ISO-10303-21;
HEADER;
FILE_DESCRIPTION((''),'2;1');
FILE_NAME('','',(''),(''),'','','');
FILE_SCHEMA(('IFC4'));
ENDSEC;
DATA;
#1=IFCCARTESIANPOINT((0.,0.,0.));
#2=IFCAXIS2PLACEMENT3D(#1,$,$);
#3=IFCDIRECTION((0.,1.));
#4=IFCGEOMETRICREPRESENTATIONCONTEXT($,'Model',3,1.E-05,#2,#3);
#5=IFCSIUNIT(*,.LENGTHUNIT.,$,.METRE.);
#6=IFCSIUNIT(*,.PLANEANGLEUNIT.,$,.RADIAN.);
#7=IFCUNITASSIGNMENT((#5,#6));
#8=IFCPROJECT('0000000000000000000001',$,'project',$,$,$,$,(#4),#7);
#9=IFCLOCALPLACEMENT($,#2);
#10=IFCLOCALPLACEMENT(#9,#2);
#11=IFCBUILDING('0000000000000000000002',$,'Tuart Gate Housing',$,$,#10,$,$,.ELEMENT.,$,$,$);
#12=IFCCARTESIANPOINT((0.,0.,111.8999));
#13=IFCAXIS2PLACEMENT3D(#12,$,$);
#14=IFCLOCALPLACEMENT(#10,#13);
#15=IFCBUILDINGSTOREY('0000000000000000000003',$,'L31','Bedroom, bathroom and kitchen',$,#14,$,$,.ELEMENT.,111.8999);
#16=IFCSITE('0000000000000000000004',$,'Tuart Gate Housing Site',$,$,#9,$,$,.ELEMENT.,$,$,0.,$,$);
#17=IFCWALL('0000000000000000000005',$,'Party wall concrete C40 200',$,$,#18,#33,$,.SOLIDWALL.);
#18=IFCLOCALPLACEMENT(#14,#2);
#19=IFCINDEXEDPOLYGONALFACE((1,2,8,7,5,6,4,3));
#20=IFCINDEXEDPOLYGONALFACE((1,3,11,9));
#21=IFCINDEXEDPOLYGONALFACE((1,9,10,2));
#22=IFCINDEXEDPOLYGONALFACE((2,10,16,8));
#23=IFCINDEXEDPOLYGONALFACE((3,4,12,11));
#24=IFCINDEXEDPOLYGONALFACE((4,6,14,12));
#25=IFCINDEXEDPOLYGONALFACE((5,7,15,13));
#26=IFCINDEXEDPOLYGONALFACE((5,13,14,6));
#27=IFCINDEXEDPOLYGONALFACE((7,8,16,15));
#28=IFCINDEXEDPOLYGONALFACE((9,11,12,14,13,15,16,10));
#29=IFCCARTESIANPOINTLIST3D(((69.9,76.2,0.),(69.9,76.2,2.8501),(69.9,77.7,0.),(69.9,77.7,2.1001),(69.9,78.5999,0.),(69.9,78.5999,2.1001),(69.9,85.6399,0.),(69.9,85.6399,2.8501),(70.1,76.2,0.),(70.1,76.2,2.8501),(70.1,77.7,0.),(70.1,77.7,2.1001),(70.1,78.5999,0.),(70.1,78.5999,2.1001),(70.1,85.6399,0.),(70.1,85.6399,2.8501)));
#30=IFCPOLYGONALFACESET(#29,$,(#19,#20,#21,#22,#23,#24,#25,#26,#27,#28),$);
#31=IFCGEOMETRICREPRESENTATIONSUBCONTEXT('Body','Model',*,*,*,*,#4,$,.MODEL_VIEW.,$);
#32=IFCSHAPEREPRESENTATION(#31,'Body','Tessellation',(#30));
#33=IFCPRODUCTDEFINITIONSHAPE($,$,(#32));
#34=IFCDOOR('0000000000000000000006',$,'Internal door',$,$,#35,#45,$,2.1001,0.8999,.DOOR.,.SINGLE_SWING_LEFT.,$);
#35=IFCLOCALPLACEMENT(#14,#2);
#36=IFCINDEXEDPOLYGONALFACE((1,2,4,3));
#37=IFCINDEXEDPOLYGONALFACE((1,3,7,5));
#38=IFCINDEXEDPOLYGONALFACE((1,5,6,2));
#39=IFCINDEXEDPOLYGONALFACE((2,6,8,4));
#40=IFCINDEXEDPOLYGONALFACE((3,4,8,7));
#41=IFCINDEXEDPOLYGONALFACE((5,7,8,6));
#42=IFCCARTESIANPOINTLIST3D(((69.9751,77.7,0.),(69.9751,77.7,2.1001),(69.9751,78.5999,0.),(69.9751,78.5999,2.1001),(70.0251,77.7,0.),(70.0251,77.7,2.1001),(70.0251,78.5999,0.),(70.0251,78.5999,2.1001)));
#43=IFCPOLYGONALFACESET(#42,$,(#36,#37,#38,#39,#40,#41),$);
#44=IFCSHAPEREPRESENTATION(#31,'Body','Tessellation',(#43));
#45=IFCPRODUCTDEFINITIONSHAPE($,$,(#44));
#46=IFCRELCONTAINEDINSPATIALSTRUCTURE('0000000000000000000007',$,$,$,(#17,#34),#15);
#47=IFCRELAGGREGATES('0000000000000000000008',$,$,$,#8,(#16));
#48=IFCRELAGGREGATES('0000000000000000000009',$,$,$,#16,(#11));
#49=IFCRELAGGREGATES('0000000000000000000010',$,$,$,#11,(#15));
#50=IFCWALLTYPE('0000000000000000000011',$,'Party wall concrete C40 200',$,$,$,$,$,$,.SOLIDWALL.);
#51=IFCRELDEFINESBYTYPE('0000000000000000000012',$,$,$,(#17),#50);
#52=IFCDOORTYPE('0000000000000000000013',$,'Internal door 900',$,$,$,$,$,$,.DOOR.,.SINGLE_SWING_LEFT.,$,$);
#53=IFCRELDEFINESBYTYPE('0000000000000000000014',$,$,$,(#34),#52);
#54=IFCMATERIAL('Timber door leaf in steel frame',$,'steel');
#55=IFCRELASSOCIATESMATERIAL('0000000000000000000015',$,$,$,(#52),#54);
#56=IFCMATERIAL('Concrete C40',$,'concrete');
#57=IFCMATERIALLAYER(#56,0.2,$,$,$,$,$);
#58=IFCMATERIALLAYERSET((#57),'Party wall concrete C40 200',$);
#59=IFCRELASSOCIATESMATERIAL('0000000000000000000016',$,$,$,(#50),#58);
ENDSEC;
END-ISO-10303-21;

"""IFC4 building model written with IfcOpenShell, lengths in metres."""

from ifc_helpers import new_model, si_unit, direction, frame, frame_2d, origin, place, context, subcontext, project, spatial, rectangle, extrude, material, layer, layer_set, type_object, element, fill, save


model = new_model("IFC4")

# Units and contexts
model_context = context("Model", 3, precision=1e-05, world=origin(), true_north=direction((0.0, 1.0)))
body_context = subcontext(model_context, "Body", "Model", "MODEL_VIEW")
ifc_project = project(units=[si_unit("LENGTHUNIT", "METRE"), si_unit("PLANEANGLEUNIT", "RADIAN")], contexts=[model_context])

# Site, building, storey
site_placement = place(None, origin())
site = spatial("IfcSite", under=ifc_project, at=site_placement, Name="Tuart Gate Housing Site", CompositionType="ELEMENT", RefElevation=0.0)
building_placement = place(site_placement, origin())
building = spatial("IfcBuilding", under=site, at=building_placement, Name="Tuart Gate Housing", CompositionType="ELEMENT")
storey_placement = place(building_placement, frame((0.0, 0.0, 111.8999)))
storey = spatial("IfcBuildingStorey", under=building, at=storey_placement, Name="L31", Description="Bedroom, bathroom and kitchen", CompositionType="ELEMENT", Elevation=111.8999)

# Shared definitions
ifc_material_1 = material(Name="Timber door leaf in steel frame", Category="steel")
door_type_1 = type_object("IfcDoorType", Name="Internal door 900", OperationType="SINGLE_SWING_LEFT", PredefinedType="DOOR", material=ifc_material_1)

# Shared definitions
ifc_material_2 = material(Name="Concrete C40", Category="concrete")
ifc_layer_1 = layer(ifc_material_2, 0.2)
ifc_layer_set_1 = layer_set([ifc_layer_1], Name="Party wall concrete C40 200")
wall_type_1 = type_object("IfcWallType", Name="Party wall concrete C40 200", PredefinedType="SOLIDWALL", material=ifc_layer_set_1)

# Wall, opening, door
wall_1_placement = place(storey_placement, frame((70.0, 76.2, 0.0), z_axis=(0.0, 0.0, 1.0), x_axis=(0.0, 1.0, 0.0)))
wall_1 = element("IfcWall", 1, at=wall_1_placement, inside=storey, type_object=wall_type_1, Name="Party wall concrete C40 200", PredefinedType="SOLIDWALL", context=body_context, shape_type="SweptSolid", body=[
    extrude(rectangle(XDim=9.4399, YDim=0.2, at=frame_2d((4.72, 0.0))), origin(), (0.0, 0.0, 1.0), 2.8501),
])
opening_1_placement = place(wall_1_placement, frame((1.5, 0.0, 0.0)))
opening_1 = element("IfcOpeningElement", 2, at=opening_1_placement, cuts=wall_1, PredefinedType="OPENING", context=body_context, shape_type="SweptSolid", body=[
    extrude(rectangle(XDim=0.8999, YDim=2.1001, at=frame_2d((0.45, 1.05))), frame((0.0, 0.1099, 0.0), z_axis=(0.0, -1.0, 0.0), x_axis=(1.0, 0.0, 0.0)), (0.0, 0.0, 1.0), 0.22),
])
door_1_placement = place(opening_1_placement, origin())
door_1 = element("IfcDoor", 3, at=door_1_placement, inside=storey, type_object=door_type_1, Name="Internal door", OperationType="SINGLE_SWING_LEFT", OverallHeight=2.1001, OverallWidth=0.8999, PredefinedType="DOOR", context=body_context, shape_type="SweptSolid", body=[
    extrude(rectangle(XDim=0.8999, YDim=2.1001, at=frame_2d((0.45, 1.05))), frame((0.0, 0.0249, 0.0), z_axis=(0.0, -1.0, 0.0), x_axis=(1.0, 0.0, 0.0)), (0.0, 0.0, 1.0), 0.05),
])
fill(opening_1, door_1)

save(model, "model.ifc")
